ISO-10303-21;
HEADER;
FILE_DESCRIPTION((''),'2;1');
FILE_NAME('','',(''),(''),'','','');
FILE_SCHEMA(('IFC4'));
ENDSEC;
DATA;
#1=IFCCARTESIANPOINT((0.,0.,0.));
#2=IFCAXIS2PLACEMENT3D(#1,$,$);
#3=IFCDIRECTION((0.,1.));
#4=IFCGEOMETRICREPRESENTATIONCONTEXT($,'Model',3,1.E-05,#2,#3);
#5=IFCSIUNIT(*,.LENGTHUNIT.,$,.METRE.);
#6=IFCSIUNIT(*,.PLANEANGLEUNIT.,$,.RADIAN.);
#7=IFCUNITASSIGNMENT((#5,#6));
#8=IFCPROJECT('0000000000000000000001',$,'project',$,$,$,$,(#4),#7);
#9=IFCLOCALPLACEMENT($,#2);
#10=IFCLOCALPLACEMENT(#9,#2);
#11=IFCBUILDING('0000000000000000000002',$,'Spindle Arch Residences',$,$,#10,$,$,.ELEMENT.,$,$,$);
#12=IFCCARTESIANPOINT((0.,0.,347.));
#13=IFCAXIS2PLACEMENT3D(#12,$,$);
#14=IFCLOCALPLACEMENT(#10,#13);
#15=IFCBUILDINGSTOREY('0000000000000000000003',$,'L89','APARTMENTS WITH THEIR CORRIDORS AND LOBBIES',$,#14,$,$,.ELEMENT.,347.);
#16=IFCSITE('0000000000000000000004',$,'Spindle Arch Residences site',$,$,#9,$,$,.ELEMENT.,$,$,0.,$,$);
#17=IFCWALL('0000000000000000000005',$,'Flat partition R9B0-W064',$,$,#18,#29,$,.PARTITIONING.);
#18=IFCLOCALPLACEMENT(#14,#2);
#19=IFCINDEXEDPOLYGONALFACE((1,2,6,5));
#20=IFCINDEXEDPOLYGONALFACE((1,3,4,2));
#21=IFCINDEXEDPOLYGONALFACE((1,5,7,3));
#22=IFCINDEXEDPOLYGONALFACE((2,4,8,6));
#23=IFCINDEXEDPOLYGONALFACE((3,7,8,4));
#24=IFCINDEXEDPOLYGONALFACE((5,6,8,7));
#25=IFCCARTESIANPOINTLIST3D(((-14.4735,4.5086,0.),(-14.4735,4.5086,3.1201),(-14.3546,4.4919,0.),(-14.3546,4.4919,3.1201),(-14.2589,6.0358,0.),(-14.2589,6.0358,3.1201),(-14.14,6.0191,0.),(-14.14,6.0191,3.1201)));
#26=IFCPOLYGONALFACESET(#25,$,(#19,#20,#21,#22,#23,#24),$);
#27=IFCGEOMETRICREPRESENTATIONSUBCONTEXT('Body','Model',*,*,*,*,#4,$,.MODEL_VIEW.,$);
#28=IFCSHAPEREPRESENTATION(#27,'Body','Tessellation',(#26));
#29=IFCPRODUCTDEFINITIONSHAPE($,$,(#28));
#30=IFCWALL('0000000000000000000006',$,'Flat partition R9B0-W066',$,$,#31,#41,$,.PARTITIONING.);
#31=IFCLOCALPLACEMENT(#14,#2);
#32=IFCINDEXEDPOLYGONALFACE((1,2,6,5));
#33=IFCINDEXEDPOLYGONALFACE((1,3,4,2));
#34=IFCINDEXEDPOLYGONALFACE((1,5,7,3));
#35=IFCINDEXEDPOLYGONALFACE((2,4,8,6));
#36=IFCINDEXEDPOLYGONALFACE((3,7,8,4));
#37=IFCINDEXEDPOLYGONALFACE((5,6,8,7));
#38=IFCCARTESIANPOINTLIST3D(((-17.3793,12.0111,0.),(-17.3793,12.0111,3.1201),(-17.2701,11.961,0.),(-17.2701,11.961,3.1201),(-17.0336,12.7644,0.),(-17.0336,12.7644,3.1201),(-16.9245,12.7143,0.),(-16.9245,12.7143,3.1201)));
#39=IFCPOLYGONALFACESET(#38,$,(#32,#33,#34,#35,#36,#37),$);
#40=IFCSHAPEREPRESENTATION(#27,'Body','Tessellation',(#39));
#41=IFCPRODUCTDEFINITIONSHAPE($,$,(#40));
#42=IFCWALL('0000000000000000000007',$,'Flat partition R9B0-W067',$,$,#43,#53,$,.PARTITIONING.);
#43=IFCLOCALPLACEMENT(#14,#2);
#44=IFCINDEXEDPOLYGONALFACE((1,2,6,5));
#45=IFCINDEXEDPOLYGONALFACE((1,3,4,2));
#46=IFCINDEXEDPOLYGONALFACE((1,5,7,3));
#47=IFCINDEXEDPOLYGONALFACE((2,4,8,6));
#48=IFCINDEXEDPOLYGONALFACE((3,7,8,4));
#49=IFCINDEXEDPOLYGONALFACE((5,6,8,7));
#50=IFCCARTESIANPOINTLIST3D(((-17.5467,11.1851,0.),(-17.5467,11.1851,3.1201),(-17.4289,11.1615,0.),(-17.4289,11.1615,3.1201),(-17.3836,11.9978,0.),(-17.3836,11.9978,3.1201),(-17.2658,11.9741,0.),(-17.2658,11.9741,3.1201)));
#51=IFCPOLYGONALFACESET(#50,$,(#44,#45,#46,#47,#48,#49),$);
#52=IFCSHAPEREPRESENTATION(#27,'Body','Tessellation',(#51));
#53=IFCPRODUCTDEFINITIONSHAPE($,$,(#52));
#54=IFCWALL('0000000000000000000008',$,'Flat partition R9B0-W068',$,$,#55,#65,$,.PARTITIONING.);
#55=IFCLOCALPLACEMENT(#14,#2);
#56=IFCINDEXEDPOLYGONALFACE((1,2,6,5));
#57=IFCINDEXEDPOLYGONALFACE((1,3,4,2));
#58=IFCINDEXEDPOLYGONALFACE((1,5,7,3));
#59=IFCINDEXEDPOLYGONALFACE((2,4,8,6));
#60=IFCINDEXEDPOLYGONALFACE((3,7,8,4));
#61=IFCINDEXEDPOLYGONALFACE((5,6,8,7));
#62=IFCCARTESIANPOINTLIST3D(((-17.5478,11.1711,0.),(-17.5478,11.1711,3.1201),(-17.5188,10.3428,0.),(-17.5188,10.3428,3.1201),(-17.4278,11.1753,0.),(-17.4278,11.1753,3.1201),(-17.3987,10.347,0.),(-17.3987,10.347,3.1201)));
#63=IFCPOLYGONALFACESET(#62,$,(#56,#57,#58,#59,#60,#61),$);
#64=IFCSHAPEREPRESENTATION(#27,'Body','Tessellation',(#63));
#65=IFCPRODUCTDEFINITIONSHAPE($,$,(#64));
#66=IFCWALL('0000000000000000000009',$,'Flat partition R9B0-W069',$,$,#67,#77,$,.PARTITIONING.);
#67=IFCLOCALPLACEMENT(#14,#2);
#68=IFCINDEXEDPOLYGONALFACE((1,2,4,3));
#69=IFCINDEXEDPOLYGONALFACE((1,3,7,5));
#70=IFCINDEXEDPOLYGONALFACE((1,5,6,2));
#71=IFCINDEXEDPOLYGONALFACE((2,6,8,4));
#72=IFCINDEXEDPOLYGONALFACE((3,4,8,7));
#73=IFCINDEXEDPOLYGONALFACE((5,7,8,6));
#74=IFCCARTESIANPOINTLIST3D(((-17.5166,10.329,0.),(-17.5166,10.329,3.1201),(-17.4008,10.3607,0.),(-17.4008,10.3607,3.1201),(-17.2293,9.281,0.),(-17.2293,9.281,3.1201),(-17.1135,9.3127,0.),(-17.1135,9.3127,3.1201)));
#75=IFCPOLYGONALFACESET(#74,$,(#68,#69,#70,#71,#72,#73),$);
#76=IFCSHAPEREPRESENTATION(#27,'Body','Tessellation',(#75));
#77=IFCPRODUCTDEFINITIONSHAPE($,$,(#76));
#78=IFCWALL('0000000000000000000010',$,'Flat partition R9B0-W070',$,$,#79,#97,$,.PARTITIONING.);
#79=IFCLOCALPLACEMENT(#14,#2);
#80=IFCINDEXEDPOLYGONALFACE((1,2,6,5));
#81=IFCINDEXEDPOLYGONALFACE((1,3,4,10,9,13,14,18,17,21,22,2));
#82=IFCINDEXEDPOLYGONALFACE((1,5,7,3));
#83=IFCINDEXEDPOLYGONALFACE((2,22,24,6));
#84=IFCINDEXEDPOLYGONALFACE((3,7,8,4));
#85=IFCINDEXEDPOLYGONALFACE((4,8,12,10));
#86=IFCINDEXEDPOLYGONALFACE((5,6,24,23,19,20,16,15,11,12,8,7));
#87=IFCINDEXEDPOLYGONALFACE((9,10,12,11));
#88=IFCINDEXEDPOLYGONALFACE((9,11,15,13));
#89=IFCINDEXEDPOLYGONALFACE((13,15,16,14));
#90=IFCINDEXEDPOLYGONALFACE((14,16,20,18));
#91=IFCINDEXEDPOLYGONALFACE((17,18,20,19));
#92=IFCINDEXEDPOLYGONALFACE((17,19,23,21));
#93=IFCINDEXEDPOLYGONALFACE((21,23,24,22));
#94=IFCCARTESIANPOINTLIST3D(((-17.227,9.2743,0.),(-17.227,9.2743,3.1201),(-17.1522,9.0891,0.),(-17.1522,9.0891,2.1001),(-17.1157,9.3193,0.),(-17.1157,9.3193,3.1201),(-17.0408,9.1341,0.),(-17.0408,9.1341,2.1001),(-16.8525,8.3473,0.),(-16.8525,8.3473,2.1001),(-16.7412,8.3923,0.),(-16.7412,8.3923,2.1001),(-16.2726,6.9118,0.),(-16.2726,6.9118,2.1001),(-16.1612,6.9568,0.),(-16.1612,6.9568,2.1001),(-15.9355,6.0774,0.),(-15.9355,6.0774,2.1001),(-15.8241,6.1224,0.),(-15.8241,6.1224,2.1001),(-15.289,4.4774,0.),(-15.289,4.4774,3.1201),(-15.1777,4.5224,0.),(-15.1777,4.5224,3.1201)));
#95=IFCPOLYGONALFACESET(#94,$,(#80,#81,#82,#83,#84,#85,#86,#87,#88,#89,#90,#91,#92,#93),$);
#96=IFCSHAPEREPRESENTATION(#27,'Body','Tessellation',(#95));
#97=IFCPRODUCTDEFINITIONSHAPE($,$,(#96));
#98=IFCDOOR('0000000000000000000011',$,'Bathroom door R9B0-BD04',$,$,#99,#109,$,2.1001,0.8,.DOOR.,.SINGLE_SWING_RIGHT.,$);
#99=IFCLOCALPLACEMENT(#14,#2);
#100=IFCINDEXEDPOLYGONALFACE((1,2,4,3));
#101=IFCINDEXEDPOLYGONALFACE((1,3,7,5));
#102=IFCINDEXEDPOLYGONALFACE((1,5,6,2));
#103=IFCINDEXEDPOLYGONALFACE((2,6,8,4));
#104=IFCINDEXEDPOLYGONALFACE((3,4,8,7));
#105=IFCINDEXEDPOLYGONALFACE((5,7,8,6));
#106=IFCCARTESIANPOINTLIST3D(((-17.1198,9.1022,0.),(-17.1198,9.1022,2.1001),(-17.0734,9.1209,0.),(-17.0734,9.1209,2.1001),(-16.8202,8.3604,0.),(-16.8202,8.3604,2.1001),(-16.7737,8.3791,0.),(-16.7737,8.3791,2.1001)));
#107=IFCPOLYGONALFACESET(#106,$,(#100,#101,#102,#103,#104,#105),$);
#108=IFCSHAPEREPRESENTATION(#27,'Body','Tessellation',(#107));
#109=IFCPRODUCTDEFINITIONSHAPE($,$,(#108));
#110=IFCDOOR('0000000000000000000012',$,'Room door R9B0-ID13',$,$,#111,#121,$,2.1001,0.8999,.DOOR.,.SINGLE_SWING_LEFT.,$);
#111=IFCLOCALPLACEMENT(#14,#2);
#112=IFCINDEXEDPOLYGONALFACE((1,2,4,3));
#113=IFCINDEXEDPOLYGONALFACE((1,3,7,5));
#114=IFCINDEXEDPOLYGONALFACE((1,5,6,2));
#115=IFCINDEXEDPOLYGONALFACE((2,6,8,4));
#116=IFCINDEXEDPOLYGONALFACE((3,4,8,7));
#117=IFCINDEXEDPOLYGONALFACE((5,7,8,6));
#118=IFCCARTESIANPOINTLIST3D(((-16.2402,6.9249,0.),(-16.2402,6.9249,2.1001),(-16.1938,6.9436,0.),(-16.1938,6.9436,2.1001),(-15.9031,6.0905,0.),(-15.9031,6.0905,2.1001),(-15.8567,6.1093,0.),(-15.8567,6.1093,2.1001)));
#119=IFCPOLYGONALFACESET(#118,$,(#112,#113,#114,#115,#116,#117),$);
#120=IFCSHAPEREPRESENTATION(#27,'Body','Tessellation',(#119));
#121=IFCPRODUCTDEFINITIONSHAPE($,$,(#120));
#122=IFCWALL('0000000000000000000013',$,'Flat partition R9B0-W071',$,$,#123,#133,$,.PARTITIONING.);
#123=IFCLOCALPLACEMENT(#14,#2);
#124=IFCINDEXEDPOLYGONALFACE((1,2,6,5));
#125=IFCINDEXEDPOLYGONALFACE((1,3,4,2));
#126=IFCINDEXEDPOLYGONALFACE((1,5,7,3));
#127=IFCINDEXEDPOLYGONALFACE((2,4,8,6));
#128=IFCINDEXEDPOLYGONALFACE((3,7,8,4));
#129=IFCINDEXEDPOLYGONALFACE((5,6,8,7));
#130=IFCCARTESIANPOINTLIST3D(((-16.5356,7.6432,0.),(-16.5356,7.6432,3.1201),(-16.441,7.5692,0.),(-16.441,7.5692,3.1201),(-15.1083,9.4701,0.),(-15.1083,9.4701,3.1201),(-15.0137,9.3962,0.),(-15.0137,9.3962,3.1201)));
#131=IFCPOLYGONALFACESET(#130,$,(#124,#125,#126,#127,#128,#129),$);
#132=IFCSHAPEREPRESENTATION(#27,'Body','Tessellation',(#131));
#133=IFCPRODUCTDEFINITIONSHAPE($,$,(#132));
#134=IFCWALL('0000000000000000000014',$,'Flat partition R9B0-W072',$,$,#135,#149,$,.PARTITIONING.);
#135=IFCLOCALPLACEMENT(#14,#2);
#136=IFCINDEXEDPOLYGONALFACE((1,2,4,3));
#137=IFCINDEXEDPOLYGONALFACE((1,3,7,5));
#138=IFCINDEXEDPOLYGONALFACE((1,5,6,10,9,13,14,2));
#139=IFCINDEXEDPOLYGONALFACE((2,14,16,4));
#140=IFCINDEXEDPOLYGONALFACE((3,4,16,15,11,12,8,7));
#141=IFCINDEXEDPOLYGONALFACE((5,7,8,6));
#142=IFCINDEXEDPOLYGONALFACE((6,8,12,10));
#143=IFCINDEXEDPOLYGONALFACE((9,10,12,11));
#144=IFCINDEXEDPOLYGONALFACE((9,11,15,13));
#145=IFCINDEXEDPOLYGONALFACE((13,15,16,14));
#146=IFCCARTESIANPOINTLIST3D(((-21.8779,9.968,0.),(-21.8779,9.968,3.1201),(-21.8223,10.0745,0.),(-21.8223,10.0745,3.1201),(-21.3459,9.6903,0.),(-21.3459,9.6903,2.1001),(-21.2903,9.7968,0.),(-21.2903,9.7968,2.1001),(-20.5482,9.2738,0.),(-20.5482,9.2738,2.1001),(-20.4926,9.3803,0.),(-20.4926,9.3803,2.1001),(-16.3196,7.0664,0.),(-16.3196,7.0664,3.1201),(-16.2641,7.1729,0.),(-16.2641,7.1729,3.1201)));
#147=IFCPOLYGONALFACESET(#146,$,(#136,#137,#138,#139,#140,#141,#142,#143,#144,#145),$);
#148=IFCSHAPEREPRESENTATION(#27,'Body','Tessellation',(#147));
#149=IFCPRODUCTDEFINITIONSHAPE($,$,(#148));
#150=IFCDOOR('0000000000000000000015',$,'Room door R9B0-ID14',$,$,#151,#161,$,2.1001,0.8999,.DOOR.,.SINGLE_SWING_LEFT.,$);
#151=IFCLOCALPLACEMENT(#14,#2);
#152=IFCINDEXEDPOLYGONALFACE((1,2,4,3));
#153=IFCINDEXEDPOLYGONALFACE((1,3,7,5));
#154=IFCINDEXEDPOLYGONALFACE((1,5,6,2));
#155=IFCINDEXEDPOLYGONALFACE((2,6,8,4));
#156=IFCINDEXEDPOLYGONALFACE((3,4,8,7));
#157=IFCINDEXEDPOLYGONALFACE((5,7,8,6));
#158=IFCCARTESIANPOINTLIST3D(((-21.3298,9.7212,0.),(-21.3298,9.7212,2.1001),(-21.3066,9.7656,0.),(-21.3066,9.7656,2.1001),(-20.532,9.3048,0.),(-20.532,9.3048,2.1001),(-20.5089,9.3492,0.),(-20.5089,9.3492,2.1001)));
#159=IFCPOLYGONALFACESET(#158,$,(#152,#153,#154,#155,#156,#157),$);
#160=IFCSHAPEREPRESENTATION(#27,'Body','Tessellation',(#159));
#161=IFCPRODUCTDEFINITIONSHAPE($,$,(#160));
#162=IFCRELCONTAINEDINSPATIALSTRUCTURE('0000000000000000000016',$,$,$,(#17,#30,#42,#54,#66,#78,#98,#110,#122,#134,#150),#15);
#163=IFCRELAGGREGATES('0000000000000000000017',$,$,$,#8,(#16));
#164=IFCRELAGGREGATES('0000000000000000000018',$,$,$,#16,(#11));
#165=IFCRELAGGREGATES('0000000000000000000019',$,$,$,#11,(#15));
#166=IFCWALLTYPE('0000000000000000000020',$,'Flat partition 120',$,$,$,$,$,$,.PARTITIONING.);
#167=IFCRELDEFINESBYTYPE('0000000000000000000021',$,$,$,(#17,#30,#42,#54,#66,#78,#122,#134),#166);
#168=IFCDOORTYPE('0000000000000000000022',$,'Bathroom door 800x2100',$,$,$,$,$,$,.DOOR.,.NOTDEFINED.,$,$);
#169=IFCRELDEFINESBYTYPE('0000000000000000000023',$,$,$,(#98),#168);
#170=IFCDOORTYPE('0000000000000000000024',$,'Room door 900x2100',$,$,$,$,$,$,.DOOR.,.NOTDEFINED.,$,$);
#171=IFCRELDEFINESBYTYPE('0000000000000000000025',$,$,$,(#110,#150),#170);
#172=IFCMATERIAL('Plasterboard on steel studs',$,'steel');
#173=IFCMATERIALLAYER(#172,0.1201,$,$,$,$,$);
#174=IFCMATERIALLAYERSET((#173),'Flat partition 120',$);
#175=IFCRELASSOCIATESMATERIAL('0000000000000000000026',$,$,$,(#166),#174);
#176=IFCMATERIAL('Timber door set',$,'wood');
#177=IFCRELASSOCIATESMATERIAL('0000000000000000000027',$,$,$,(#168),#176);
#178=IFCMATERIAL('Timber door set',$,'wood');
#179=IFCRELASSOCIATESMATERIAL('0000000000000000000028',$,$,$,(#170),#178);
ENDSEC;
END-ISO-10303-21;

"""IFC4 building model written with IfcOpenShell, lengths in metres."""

from ifc_helpers import new_model, si_unit, direction, frame, frame_2d, origin, place, context, subcontext, project, spatial, rectangle, extrude, material, layer, layer_set, type_object, element, fill, save


model = new_model("IFC4")

# Units and contexts
model_context = context("Model", 3, precision=1e-05, world=origin(), true_north=direction((0.0, 1.0)))
body_context = subcontext(model_context, "Body", "Model", "MODEL_VIEW")
ifc_project = project(units=[si_unit("LENGTHUNIT", "METRE"), si_unit("PLANEANGLEUNIT", "RADIAN")], contexts=[model_context])

# Site, building, storey
site_placement = place(None, origin())
site = spatial("IfcSite", under=ifc_project, at=site_placement, Name="Spindle Arch Residences site", CompositionType="ELEMENT", RefElevation=0.0)
building_placement = place(site_placement, origin())
building = spatial("IfcBuilding", under=site, at=building_placement, Name="Spindle Arch Residences", CompositionType="ELEMENT")
storey_placement = place(building_placement, frame((0.0, 0.0, 347.0)))
storey = spatial("IfcBuildingStorey", under=building, at=storey_placement, Name="L89", Description="APARTMENTS WITH THEIR CORRIDORS AND LOBBIES", CompositionType="ELEMENT", Elevation=347.0)

# Walls
ifc_material_1 = material(Name="Plasterboard on steel studs", Category="steel")
ifc_layer_1 = layer(ifc_material_1, 0.1201)
ifc_layer_set_1 = layer_set([ifc_layer_1], Name="Flat partition 120")
wall_type = type_object("IfcWallType", Name="Flat partition 120", PredefinedType="PARTITIONING", material=ifc_layer_set_1)
wall_1_placement = place(storey_placement, frame((-14.1995, 6.0273, 0.0), z_axis=(0.0, 0.0, 1.0), x_axis=(-0.139138, -0.990273, 0.0)))
element("IfcWall", 1, at=wall_1_placement, inside=storey, type_object=wall_type, Name="Flat partition R9B0-W064", PredefinedType="PARTITIONING", context=body_context, shape_type="SweptSolid", body=[
    extrude(rectangle(XDim=1.5422, YDim=0.1201, at=frame_2d((0.771, 0.0))), origin(), (0.0, 0.0, 1.0), 3.1201),
])
for number, where, z_axis, x_axis, name in (
    (2, (-16.979, 12.7395, 0.0), (0.0, 0.0, 1.0), (-0.41704, -0.908888, 0.0), "Flat partition R9B0-W066"),
    (3, (-17.3247, 11.9861, 0.0), (0.0, 0.0, 1.0), (-0.196739, -0.980456, 0.0), "Flat partition R9B0-W067"),
    (4, (-17.4878, 11.1733, 0.0), (0.0, 0.0, 1.0), (0.035051, -0.999386, 0.0), "Flat partition R9B0-W068"),
):
    element("IfcWall", number, at=place(storey_placement, frame(where, z_axis=z_axis, x_axis=x_axis)), inside=storey, type_object=wall_type, Name=name, PredefinedType="PARTITIONING", context=body_context, shape_type="SweptSolid", body=[
        extrude(rectangle(XDim=0.8289, YDim=0.1201, at=frame_2d((0.4146, 0.0))), origin(), (0.0, 0.0, 1.0), 3.1201),
    ])
wall_2_placement = place(storey_placement, frame((-17.4587, 10.345, 0.0), z_axis=(0.0, 0.0, 1.0), x_axis=(0.26441, -0.96441, 0.0)))
element("IfcWall", 5, at=wall_2_placement, inside=storey, type_object=wall_type, Name="Flat partition R9B0-W069", PredefinedType="PARTITIONING", context=body_context, shape_type="SweptSolid", body=[
    extrude(rectangle(XDim=1.0867, YDim=0.1201, at=frame_2d((0.5435, 0.0))), origin(), (0.0, 0.0, 1.0), 3.1201),
])

# Wall, openings, doors
wall_3_placement = place(storey_placement, frame((-17.1714, 9.2969, 0.0), z_axis=(0.0, 0.0, 1.0), x_axis=(0.374594, -0.927189, 0.0)))
wall_3 = element("IfcWall", 6, at=wall_3_placement, inside=storey, type_object=wall_type, Name="Flat partition R9B0-W070", PredefinedType="PARTITIONING", context=body_context, shape_type="SweptSolid", body=[
    extrude(rectangle(XDim=5.1736, YDim=0.1201, at=frame_2d((2.5869, 0.0))), origin(), (0.0, 0.0, 1.0), 3.1201),
])
opening_1_placement = place(wall_3_placement, frame((2.5481, 0.0, 0.0)))
opening_1 = element("IfcOpeningElement", 7, at=opening_1_placement, cuts=wall_3, PredefinedType="OPENING", context=body_context, shape_type="SweptSolid", body=[
    extrude(rectangle(XDim=0.8999, YDim=2.1001, at=frame_2d((0.45, 1.05))), frame((0.0, 0.0701, 0.0), z_axis=(0.0, -1.0, 0.0), x_axis=(1.0, 0.0, 0.0)), (0.0, 0.0, 1.0), 0.1401),
])
opening_2_placement = place(wall_3_placement, frame((0.2, 0.0, 0.0)))
opening_2 = element("IfcOpeningElement", 8, at=opening_2_placement, cuts=wall_3, PredefinedType="OPENING", context=body_context, shape_type="SweptSolid", body=[
    extrude(rectangle(XDim=0.8, YDim=2.1001, at=frame_2d((0.3999, 1.05))), frame((0.0, 0.0701, 0.0), z_axis=(0.0, -1.0, 0.0), x_axis=(1.0, 0.0, 0.0)), (0.0, 0.0, 1.0), 0.1401),
])
ifc_material_2 = material(Name="Timber door set", Category="wood")
door_type_1 = type_object("IfcDoorType", Name="Bathroom door 800x2100", OperationType="NOTDEFINED", PredefinedType="DOOR", material=ifc_material_2)
door_1_placement = place(opening_2_placement, origin())
door_1 = element("IfcDoor", 9, at=door_1_placement, inside=storey, type_object=door_type_1, Name="Bathroom door R9B0-BD04", OperationType="SINGLE_SWING_RIGHT", OverallHeight=2.1001, OverallWidth=0.8, PredefinedType="DOOR", context=body_context, shape_type="SweptSolid", body=[
    extrude(rectangle(XDim=0.8, YDim=2.1001, at=frame_2d((0.3999, 1.05))), frame((0.0, 0.0249, 0.0), z_axis=(0.0, -1.0, 0.0), x_axis=(1.0, 0.0, 0.0)), (0.0, 0.0, 1.0), 0.05),
])
fill(opening_2, door_1)
ifc_material_3 = material(Name="Timber door set", Category="wood")
door_type_2 = type_object("IfcDoorType", Name="Room door 900x2100", OperationType="NOTDEFINED", PredefinedType="DOOR", material=ifc_material_3)
door_2_placement = place(opening_1_placement, origin())
door_2 = element("IfcDoor", 10, at=door_2_placement, inside=storey, type_object=door_type_2, Name="Room door R9B0-ID13", OperationType="SINGLE_SWING_LEFT", OverallHeight=2.1001, OverallWidth=0.8999, PredefinedType="DOOR", context=body_context, shape_type="SweptSolid", body=[
    extrude(rectangle(XDim=0.8999, YDim=2.1001, at=frame_2d((0.45, 1.05))), frame((0.0, 0.0249, 0.0), z_axis=(0.0, -1.0, 0.0), x_axis=(1.0, 0.0, 0.0)), (0.0, 0.0, 1.0), 0.05),
])
fill(opening_1, door_2)

# Wall
wall_4_placement = place(storey_placement, frame((-16.4883, 7.6062, 0.0), z_axis=(0.0, 0.0, 1.0), x_axis=(0.615638, 0.788029, 0.0)))
element("IfcWall", 11, at=wall_4_placement, inside=storey, type_object=wall_type, Name="Flat partition R9B0-W071", PredefinedType="PARTITIONING", context=body_context, shape_type="SweptSolid", body=[
    extrude(rectangle(XDim=2.3184, YDim=0.1201, at=frame_2d((1.1592, 0.0))), origin(), (0.0, 0.0, 1.0), 3.1201),
])

# Wall, opening, door
wall_5_placement = place(storey_placement, frame((-21.8501, 10.0212, 0.0), z_axis=(0.0, 0.0, 1.0), x_axis=(0.88648, -0.462767, 0.0)))
wall_5 = element("IfcWall", 12, at=wall_5_placement, inside=storey, type_object=wall_type, Name="Flat partition R9B0-W072", PredefinedType="PARTITIONING", context=body_context, shape_type="SweptSolid", body=[
    extrude(rectangle(XDim=6.27, YDim=0.1201, at=frame_2d((3.135, 0.0))), origin(), (0.0, 0.0, 1.0), 3.1201),
])
opening_3_placement = place(wall_5_placement, frame((0.6001, 0.0, 0.0)))
opening_3 = element("IfcOpeningElement", 13, at=opening_3_placement, cuts=wall_5, PredefinedType="OPENING", context=body_context, shape_type="SweptSolid", body=[
    extrude(rectangle(XDim=0.8999, YDim=2.1001, at=frame_2d((0.45, 1.05))), frame((0.0, 0.0701, 0.0), z_axis=(0.0, -1.0, 0.0), x_axis=(1.0, 0.0, 0.0)), (0.0, 0.0, 1.0), 0.1401),
])
door_3_placement = place(opening_3_placement, origin())
door_3 = element("IfcDoor", 14, at=door_3_placement, inside=storey, type_object=door_type_2, Name="Room door R9B0-ID14", OperationType="SINGLE_SWING_LEFT", OverallHeight=2.1001, OverallWidth=0.8999, PredefinedType="DOOR", context=body_context, shape_type="SweptSolid", body=[
    extrude(rectangle(XDim=0.8999, YDim=2.1001, at=frame_2d((0.45, 1.05))), frame((0.0, 0.0249, 0.0), z_axis=(0.0, -1.0, 0.0), x_axis=(1.0, 0.0, 0.0)), (0.0, 0.0, 1.0), 0.05),
])
fill(opening_3, door_3)

save(model, "model.ifc")
